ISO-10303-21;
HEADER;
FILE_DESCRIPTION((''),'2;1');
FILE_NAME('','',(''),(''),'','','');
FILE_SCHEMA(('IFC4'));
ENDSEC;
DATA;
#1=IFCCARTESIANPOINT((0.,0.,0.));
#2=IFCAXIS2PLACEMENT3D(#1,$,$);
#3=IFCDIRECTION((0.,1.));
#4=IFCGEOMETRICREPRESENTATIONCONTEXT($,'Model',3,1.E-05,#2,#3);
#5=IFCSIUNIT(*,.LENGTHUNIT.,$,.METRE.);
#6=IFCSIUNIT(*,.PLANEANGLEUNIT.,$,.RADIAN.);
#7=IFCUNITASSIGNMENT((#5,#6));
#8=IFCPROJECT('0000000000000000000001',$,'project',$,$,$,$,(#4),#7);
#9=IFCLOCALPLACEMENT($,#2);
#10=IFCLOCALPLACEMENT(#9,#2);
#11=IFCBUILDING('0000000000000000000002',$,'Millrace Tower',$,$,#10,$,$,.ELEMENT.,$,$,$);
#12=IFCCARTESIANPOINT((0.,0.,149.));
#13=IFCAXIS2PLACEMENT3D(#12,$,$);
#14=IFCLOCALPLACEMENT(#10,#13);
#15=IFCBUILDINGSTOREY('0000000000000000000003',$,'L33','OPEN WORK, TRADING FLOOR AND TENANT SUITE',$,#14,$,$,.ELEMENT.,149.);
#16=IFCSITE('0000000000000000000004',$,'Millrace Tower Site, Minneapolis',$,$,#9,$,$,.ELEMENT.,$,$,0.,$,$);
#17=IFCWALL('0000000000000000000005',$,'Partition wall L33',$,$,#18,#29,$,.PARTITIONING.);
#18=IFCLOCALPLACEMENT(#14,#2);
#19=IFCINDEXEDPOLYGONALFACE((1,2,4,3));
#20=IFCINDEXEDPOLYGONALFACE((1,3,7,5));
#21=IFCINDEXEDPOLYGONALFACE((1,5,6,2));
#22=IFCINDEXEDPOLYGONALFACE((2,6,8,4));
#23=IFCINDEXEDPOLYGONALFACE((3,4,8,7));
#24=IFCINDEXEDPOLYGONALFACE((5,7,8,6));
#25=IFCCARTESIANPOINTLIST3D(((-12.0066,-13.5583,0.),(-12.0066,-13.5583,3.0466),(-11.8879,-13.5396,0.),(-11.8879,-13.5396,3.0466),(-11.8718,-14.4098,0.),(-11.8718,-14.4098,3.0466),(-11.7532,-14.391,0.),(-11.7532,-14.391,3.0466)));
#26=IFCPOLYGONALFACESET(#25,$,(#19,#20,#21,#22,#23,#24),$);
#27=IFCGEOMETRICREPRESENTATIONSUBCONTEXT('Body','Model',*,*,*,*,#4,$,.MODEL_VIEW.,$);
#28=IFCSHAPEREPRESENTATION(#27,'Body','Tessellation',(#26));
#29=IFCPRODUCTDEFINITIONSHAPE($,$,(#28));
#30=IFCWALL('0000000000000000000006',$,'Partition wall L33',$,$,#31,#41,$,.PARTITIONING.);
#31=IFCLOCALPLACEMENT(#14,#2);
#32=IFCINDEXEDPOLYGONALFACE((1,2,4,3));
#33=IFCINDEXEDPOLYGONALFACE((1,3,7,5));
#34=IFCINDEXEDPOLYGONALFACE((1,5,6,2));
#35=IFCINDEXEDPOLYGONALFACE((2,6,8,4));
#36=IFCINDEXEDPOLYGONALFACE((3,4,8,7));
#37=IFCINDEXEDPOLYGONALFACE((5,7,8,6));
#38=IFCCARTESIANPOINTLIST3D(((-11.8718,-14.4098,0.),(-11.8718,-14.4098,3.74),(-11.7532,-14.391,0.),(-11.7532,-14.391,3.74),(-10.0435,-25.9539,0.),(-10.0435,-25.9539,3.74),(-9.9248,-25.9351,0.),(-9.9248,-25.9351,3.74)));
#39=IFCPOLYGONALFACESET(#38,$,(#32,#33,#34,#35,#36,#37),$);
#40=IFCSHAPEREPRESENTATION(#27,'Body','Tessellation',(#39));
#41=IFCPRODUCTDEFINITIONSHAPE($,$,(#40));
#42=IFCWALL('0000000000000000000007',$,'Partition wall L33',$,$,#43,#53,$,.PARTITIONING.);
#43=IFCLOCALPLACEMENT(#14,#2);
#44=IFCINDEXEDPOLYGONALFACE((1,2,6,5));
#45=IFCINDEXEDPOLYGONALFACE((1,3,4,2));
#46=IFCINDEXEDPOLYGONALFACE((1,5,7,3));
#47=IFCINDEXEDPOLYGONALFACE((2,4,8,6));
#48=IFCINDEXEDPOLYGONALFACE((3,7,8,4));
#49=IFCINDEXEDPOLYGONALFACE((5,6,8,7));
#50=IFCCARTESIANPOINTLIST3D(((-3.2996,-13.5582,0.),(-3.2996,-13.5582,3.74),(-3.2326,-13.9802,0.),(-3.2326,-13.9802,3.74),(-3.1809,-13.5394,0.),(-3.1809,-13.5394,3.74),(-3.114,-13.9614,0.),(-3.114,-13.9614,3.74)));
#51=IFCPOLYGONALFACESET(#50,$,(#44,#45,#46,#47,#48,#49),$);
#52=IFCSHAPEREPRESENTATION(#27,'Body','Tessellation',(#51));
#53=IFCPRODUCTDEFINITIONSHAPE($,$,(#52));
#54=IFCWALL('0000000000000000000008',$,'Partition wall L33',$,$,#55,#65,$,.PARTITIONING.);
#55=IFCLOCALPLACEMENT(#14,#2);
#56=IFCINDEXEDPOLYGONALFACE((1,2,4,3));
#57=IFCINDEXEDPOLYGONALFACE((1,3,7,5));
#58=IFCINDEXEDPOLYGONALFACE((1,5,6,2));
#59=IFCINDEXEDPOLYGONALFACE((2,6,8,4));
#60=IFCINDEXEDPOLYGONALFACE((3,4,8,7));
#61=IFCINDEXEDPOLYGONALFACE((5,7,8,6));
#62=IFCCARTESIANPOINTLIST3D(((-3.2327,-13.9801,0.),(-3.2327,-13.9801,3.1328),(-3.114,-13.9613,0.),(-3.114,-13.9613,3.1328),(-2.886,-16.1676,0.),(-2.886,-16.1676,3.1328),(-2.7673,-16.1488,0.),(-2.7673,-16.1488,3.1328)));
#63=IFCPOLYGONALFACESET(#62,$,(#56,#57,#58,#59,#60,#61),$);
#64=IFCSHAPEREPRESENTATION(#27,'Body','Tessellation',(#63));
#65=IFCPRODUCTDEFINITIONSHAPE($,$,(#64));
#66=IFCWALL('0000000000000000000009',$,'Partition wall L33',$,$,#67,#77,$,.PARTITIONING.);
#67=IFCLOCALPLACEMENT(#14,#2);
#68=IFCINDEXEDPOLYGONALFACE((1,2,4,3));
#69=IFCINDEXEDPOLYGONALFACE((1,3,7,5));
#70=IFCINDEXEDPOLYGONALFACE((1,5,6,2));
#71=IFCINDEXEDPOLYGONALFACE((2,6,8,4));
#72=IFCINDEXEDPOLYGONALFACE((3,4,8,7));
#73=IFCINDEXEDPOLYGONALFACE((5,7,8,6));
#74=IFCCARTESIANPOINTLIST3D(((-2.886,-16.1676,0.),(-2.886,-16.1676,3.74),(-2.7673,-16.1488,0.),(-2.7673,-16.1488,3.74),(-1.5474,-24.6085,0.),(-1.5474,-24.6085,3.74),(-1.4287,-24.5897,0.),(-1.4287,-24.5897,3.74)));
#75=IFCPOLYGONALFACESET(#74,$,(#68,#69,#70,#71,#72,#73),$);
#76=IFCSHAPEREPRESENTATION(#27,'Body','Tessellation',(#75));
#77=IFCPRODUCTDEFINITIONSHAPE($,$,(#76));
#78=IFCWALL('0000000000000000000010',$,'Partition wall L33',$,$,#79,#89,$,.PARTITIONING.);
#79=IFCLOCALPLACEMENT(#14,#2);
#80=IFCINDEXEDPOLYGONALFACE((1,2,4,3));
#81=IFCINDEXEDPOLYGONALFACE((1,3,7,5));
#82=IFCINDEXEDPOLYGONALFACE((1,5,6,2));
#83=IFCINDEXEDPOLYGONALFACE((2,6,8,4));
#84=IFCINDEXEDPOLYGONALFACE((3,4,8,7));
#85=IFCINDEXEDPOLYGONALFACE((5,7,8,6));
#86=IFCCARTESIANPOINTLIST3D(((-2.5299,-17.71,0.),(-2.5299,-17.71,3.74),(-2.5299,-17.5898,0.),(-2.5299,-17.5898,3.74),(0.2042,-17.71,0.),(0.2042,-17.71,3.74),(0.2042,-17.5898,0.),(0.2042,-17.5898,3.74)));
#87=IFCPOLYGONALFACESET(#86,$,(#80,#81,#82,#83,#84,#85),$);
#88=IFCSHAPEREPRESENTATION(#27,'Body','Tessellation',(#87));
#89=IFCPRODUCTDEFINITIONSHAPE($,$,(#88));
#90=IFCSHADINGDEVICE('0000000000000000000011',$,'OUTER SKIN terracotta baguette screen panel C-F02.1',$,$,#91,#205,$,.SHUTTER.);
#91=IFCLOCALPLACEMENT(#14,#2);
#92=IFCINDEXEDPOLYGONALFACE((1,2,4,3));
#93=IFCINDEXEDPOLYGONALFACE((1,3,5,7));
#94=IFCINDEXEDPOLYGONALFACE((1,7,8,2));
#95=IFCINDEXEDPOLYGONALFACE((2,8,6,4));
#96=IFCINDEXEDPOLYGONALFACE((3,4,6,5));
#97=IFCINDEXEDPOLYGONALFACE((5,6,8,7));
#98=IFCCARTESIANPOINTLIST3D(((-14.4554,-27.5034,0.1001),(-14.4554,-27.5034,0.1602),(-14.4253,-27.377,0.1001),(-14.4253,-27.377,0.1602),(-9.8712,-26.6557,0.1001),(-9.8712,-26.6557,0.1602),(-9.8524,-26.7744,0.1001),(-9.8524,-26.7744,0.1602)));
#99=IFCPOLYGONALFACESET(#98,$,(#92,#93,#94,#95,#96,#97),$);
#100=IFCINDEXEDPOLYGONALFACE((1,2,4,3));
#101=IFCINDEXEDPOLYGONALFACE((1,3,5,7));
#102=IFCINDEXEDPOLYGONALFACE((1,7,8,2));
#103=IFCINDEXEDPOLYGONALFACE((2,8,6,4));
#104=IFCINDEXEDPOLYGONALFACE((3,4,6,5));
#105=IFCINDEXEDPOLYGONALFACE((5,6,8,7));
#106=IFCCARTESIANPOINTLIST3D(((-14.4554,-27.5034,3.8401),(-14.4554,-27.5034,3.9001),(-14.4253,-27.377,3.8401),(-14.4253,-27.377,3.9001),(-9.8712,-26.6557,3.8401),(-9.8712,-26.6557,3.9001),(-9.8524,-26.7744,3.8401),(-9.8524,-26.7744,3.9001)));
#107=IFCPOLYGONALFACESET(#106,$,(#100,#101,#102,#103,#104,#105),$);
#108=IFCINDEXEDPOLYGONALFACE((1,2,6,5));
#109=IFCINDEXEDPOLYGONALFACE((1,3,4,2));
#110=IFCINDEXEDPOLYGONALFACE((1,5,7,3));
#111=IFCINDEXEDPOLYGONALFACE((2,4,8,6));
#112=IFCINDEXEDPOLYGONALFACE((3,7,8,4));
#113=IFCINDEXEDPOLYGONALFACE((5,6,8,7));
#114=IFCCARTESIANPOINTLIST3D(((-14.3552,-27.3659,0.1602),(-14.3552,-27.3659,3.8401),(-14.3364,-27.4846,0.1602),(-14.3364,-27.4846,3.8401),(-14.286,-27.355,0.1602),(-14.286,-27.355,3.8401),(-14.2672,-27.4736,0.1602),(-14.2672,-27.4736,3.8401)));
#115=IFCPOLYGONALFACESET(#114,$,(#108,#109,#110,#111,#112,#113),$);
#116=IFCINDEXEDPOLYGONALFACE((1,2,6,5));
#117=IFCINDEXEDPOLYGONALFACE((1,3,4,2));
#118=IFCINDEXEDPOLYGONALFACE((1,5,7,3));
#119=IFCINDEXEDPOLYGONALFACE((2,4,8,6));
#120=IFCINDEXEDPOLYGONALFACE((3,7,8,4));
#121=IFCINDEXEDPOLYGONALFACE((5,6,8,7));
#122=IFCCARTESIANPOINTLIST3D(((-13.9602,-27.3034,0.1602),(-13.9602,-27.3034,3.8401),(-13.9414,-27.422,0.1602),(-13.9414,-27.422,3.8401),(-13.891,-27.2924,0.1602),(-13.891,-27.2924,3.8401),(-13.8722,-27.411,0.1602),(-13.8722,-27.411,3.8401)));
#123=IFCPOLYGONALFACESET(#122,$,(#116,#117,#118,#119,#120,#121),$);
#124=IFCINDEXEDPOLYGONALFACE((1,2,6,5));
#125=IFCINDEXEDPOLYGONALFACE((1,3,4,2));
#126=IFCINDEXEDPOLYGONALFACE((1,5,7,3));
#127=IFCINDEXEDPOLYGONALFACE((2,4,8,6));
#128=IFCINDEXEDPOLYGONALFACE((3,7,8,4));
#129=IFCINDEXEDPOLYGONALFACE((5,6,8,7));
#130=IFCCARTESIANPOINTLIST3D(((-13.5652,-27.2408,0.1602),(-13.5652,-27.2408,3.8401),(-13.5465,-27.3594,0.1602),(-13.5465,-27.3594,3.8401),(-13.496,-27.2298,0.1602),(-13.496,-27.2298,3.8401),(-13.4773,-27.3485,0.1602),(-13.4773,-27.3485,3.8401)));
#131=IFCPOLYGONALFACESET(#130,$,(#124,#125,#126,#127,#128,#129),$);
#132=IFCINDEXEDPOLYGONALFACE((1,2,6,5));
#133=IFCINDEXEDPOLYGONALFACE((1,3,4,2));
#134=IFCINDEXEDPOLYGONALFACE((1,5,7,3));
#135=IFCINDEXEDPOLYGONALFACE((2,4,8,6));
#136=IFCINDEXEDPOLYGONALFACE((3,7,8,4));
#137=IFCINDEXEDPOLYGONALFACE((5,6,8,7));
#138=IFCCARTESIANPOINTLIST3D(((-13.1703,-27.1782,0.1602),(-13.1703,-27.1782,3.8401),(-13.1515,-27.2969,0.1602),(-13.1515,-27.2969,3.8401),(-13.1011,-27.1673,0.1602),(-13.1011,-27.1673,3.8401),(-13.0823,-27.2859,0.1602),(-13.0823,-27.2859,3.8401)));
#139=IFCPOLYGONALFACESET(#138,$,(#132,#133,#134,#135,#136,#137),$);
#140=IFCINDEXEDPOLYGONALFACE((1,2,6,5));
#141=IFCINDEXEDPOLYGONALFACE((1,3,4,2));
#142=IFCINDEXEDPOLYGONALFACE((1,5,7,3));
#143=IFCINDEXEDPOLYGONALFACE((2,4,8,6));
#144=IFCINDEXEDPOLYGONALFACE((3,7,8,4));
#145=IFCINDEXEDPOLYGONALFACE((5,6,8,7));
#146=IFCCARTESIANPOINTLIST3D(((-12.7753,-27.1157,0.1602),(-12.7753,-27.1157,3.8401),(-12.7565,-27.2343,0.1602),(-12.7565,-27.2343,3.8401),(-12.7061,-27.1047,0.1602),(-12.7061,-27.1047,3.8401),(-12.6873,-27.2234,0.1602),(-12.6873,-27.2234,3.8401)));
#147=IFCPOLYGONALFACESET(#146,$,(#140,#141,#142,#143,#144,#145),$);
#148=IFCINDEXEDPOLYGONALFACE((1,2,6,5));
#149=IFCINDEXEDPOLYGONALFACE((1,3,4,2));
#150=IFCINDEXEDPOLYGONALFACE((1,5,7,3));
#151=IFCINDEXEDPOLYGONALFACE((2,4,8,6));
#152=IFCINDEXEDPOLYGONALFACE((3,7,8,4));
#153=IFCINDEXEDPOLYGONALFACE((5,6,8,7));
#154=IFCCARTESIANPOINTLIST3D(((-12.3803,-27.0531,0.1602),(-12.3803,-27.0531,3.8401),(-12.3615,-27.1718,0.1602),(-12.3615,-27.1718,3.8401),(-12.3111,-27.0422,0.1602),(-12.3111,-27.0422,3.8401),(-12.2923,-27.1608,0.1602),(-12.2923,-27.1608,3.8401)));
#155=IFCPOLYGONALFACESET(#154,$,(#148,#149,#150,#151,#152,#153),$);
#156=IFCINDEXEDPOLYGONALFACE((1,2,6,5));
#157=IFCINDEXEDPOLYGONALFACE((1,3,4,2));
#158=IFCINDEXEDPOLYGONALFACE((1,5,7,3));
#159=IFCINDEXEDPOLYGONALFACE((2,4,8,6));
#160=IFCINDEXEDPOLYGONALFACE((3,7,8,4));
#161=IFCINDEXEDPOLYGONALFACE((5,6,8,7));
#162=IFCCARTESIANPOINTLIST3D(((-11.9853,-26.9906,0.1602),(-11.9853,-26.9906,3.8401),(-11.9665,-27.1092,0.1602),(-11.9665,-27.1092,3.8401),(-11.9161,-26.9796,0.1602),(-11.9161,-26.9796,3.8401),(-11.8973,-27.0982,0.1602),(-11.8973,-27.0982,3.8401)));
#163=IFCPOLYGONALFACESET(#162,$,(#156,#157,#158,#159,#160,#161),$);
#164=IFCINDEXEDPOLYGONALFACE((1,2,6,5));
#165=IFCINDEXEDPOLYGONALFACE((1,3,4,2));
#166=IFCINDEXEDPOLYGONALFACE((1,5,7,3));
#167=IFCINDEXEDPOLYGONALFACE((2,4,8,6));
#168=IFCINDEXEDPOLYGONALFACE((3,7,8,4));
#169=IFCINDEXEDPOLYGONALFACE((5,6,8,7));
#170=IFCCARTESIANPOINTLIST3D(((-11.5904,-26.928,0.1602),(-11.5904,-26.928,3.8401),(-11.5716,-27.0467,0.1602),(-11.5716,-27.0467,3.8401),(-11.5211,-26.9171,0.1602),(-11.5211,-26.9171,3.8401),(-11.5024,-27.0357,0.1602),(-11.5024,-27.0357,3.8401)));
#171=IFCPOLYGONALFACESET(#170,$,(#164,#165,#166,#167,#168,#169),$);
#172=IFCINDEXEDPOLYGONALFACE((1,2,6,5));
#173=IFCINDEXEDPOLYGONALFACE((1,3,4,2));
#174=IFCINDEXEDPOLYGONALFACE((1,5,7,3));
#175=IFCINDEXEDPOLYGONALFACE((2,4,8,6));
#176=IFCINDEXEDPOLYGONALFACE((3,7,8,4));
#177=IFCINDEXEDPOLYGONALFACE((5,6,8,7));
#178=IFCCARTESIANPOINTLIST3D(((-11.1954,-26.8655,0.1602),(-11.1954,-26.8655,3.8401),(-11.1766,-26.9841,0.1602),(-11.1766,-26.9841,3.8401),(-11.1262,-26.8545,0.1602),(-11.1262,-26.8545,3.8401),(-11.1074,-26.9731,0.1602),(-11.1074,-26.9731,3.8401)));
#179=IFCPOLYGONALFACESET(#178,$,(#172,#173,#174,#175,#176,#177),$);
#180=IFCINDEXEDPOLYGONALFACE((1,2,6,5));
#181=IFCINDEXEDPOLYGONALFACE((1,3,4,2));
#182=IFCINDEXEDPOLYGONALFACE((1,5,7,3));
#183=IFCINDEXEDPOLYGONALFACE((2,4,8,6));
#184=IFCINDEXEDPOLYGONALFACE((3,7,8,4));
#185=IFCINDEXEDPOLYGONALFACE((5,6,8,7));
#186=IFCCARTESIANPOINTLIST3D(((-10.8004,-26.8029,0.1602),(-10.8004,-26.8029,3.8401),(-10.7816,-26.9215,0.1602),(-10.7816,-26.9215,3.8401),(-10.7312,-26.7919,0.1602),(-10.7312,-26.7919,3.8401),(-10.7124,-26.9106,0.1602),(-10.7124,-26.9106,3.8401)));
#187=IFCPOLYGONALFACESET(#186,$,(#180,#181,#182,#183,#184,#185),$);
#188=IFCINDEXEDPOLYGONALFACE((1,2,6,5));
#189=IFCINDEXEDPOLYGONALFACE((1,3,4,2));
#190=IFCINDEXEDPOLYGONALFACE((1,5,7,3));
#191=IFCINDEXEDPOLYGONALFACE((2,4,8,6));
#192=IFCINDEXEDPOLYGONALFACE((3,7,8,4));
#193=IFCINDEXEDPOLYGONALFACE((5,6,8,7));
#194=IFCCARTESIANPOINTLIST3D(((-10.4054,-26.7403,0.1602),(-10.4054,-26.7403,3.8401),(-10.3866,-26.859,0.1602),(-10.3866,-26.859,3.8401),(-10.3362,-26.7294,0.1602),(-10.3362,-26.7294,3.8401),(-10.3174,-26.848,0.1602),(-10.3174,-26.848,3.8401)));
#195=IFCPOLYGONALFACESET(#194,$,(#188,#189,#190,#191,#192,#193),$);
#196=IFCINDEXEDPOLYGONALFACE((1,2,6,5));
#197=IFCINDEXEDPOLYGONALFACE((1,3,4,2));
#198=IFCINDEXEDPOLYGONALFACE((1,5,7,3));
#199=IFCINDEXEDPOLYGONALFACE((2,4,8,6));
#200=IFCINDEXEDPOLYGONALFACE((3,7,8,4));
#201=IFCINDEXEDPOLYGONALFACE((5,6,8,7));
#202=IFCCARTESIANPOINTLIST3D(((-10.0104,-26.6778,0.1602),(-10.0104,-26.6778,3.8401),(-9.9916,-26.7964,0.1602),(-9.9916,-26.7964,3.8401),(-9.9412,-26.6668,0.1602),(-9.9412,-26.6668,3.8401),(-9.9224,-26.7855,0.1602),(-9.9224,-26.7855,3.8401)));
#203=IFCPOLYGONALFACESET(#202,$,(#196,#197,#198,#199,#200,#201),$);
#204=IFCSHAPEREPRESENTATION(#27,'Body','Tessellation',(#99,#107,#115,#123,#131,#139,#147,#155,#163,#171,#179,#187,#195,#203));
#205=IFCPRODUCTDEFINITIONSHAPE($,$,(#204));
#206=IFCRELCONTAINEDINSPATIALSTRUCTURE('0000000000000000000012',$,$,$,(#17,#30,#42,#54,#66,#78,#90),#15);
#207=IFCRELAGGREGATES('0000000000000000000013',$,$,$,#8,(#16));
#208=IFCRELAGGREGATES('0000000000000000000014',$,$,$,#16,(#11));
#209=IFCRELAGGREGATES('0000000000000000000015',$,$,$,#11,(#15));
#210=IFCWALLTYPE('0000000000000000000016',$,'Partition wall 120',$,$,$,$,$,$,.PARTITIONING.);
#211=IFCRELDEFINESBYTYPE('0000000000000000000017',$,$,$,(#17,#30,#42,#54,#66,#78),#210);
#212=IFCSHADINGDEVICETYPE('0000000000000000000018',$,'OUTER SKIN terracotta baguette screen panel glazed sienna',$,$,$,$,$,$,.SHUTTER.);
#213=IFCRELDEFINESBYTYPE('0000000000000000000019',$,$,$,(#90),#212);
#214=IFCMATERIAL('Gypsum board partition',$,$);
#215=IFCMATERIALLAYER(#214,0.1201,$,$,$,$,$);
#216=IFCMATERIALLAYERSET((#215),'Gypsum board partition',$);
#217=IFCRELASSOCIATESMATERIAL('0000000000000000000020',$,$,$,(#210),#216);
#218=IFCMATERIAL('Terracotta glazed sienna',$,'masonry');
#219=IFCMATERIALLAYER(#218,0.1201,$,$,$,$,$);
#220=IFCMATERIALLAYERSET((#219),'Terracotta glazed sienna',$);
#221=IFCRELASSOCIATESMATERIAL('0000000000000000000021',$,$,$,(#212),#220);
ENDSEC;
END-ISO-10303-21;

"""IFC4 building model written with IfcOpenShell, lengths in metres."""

from ifc_helpers import new_model, entity, si_unit, direction, frame, frame_2d, origin, place, context, subcontext, project, spatial, rectangle, extrude, source, transform, mapped, material, layer, layer_set, type_object, element, save


model = new_model("IFC4")

# Units and contexts
model_context = context("Model", 3, precision=1e-05, world=origin(), true_north=direction((0.0, 1.0)))
body_context = subcontext(model_context, "Body", "Model", "MODEL_VIEW")
ifc_project = project(units=[si_unit("LENGTHUNIT", "METRE"), si_unit("PLANEANGLEUNIT", "RADIAN")], contexts=[model_context])

# Site, building, storey
site_placement = place(None, origin())
site = spatial("IfcSite", under=ifc_project, at=site_placement, Name="Millrace Tower Site, Minneapolis", CompositionType="ELEMENT", RefElevation=0.0)
building_placement = place(site_placement, origin())
building = spatial("IfcBuilding", under=site, at=building_placement, Name="Millrace Tower", CompositionType="ELEMENT")
storey_placement = place(building_placement, frame((0.0, 0.0, 149.0)))
storey = spatial("IfcBuildingStorey", under=building, at=storey_placement, Name="L33", Description="OPEN WORK, TRADING FLOOR AND TENANT SUITE", CompositionType="ELEMENT", Elevation=149.0)

# Walls
ifc_material_1 = material(Name="Gypsum board partition")
ifc_layer_1 = layer(ifc_material_1, 0.1201)
ifc_layer_set_1 = layer_set([ifc_layer_1], Name="Gypsum board partition")
wall_type = type_object("IfcWallType", Name="Partition wall 120", PredefinedType="PARTITIONING", material=ifc_layer_set_1)
wall_1_placement = place(storey_placement, frame((-11.9473, -13.5488, 0.0), z_axis=(0.0, 0.0, 1.0), x_axis=(0.156312, -0.987708, 0.0)))
element("IfcWall", 1, at=wall_1_placement, inside=storey, type_object=wall_type, Name="Partition wall L33", PredefinedType="PARTITIONING", context=body_context, shape_type="SweptSolid", body=[
    extrude(rectangle(XDim=0.8621, YDim=0.1201, at=frame_2d((0.4312, 0.0))), origin(), (0.0, 0.0, 1.0), 3.0466),
])
wall_2_placement = place(storey_placement, frame((-11.8125, -14.4004, 0.0), z_axis=(0.0, 0.0, 1.0), x_axis=(0.15643, -0.987689, 0.0)))
element("IfcWall", 2, at=wall_2_placement, inside=storey, type_object=wall_type, Name="Partition wall L33", PredefinedType="PARTITIONING", context=body_context, shape_type="SweptSolid", body=[
    extrude(rectangle(XDim=11.688, YDim=0.1201, at=frame_2d((5.844, 0.0))), origin(), (0.0, 0.0, 1.0), 3.74),
])
wall_3_placement = place(storey_placement, frame((-3.2402, -13.5488, 0.0), z_axis=(0.0, 0.0, 1.0), x_axis=(0.156608, -0.987661, 0.0)))
element("IfcWall", 3, at=wall_3_placement, inside=storey, type_object=wall_type, Name="Partition wall L33", PredefinedType="PARTITIONING", context=body_context, shape_type="SweptSolid", body=[
    extrude(rectangle(XDim=0.4272, YDim=0.1201, at=frame_2d((0.2136, 0.0))), origin(), (0.0, 0.0, 1.0), 3.74),
])
wall_4_placement = place(storey_placement, frame((-3.1733, -13.9707, 0.0), z_axis=(0.0, 0.0, 1.0), x_axis=(0.156529, -0.987673, 0.0)))
element("IfcWall", 4, at=wall_4_placement, inside=storey, type_object=wall_type, Name="Partition wall L33", PredefinedType="PARTITIONING", context=body_context, shape_type="SweptSolid", body=[
    extrude(rectangle(XDim=2.2148, YDim=0.1201, at=frame_2d((1.1074, 0.0))), origin(), (0.0, 0.0, 1.0), 3.1328),
])
wall_5_placement = place(storey_placement, frame((-2.8267, -16.1582, 0.0), z_axis=(0.0, 0.0, 1.0), x_axis=(0.15663, -0.987657, 0.0)))
element("IfcWall", 5, at=wall_5_placement, inside=storey, type_object=wall_type, Name="Partition wall L33", PredefinedType="PARTITIONING", context=body_context, shape_type="SweptSolid", body=[
    extrude(rectangle(XDim=8.5464, YDim=0.1201, at=frame_2d((4.2732, 0.0))), origin(), (0.0, 0.0, 1.0), 3.74),
])
wall_6_placement = place(storey_placement, frame((-2.53, -17.6499, 0.0), z_axis=(0.0, 0.0, 1.0), x_axis=(1.0, 0.0, 0.0)))
element("IfcWall", 6, at=wall_6_placement, inside=storey, type_object=wall_type, Name="Partition wall L33", PredefinedType="PARTITIONING", context=body_context, shape_type="SweptSolid", body=[
    extrude(rectangle(XDim=2.7341, YDim=0.1201, at=frame_2d((1.3672, 0.0))), origin(), (0.0, 0.0, 1.0), 3.74),
])

# Shading device
ifc_material_2 = material(Name="Terracotta glazed sienna", Category="masonry")
ifc_layer_2 = layer(ifc_material_2, 0.1201)
ifc_layer_set_2 = layer_set([ifc_layer_2], Name="Terracotta glazed sienna")
shading_device_type = type_object("IfcShadingDeviceType", Name="OUTER SKIN terracotta baguette screen panel glazed sienna", PredefinedType="SHUTTER", material=ifc_layer_set_2)
cartesian_point_1 = entity("IfcCartesianPoint", [-2.293, 0.0601])
shared_polyline_1 = entity("IfcPolyline", [cartesian_point_1, entity("IfcCartesianPoint", [2.3179, 0.0601]), entity("IfcCartesianPoint", [2.3179, -0.0601]), entity("IfcCartesianPoint", [-2.3425, -0.0601]), cartesian_point_1])
shared_shape_1 = source(origin(), body_context, "Body", "SweptSolid", [
    entity("IfcExtrudedAreaSolid", entity("IfcArbitraryClosedProfileDef", "AREA", None, shared_polyline_1), entity("IfcAxis2Placement3D", entity("IfcCartesianPoint", [0.0, 0.0, 0.0])), entity("IfcDirection", [0.0, 0.0, 1.0]), 0.0601),
    entity("IfcExtrudedAreaSolid", entity("IfcArbitraryClosedProfileDef", "AREA", None, shared_polyline_1), entity("IfcAxis2Placement3D", entity("IfcCartesianPoint", [0.0, 0.0, 3.74])), entity("IfcDirection", [0.0, 0.0, 1.0]), 0.0601),
    extrude(rectangle(XDim=0.0701, YDim=0.1201, at=frame_2d((-2.187, 0.0))), frame((0.0, 0.0, 0.0601)), (0.0, 0.0, 1.0), 3.6799),
    extrude(rectangle(XDim=0.0701, YDim=0.1201, at=frame_2d((-1.7871, 0.0))), frame((0.0, 0.0, 0.0601)), (0.0, 0.0, 1.0), 3.6799),
    extrude(rectangle(XDim=0.0701, YDim=0.1201, at=frame_2d((-1.3872, 0.0))), frame((0.0, 0.0, 0.0601)), (0.0, 0.0, 1.0), 3.6799),
    extrude(rectangle(XDim=0.0701, YDim=0.1201, at=frame_2d((-0.9873, 0.0))), frame((0.0, 0.0, 0.0601)), (0.0, 0.0, 1.0), 3.6799),
    extrude(rectangle(XDim=0.0701, YDim=0.1201, at=frame_2d((-0.5874, 0.0))), frame((0.0, 0.0, 0.0601)), (0.0, 0.0, 1.0), 3.6799),
    extrude(rectangle(XDim=0.0701, YDim=0.1201, at=frame_2d((-0.1875, 0.0))), frame((0.0, 0.0, 0.0601)), (0.0, 0.0, 1.0), 3.6799),
    extrude(rectangle(XDim=0.0701, YDim=0.1201, at=frame_2d((0.2124, 0.0))), frame((0.0, 0.0, 0.0601)), (0.0, 0.0, 1.0), 3.6799),
    extrude(rectangle(XDim=0.0701, YDim=0.1201, at=frame_2d((0.6123, 0.0))), frame((0.0, 0.0, 0.0601)), (0.0, 0.0, 1.0), 3.6799),
    extrude(rectangle(XDim=0.0701, YDim=0.1201, at=frame_2d((1.0122, 0.0))), frame((0.0, 0.0, 0.0601)), (0.0, 0.0, 1.0), 3.6799),
    extrude(rectangle(XDim=0.0701, YDim=0.1201, at=frame_2d((1.4121, 0.0))), frame((0.0, 0.0, 0.0601)), (0.0, 0.0, 1.0), 3.6799),
    extrude(rectangle(XDim=0.0701, YDim=0.1201, at=frame_2d((1.812, 0.0))), frame((0.0, 0.0, 0.0601)), (0.0, 0.0, 1.0), 3.6799),
    extrude(rectangle(XDim=0.0701, YDim=0.1201, at=frame_2d((2.2119, 0.0))), frame((0.0, 0.0, 0.0601)), (0.0, 0.0, 1.0), 3.6799),
])
shading_device_placement = place(storey_placement, frame((-12.1511, -27.0776, 0.1001), z_axis=(0.0, 0.0, 1.0), x_axis=(0.987688, 0.156434, 0.0)))
element("IfcShadingDevice", 7, at=shading_device_placement, inside=storey, type_object=shading_device_type, Name="OUTER SKIN terracotta baguette screen panel C-F02.1", PredefinedType="SHUTTER", context=body_context, shape_type="MappedRepresentation", body=[
    mapped(shared_shape_1, transform((0.0, 0.0, 0.0), scale=1.0)),
])

save(model, "model.ifc")
